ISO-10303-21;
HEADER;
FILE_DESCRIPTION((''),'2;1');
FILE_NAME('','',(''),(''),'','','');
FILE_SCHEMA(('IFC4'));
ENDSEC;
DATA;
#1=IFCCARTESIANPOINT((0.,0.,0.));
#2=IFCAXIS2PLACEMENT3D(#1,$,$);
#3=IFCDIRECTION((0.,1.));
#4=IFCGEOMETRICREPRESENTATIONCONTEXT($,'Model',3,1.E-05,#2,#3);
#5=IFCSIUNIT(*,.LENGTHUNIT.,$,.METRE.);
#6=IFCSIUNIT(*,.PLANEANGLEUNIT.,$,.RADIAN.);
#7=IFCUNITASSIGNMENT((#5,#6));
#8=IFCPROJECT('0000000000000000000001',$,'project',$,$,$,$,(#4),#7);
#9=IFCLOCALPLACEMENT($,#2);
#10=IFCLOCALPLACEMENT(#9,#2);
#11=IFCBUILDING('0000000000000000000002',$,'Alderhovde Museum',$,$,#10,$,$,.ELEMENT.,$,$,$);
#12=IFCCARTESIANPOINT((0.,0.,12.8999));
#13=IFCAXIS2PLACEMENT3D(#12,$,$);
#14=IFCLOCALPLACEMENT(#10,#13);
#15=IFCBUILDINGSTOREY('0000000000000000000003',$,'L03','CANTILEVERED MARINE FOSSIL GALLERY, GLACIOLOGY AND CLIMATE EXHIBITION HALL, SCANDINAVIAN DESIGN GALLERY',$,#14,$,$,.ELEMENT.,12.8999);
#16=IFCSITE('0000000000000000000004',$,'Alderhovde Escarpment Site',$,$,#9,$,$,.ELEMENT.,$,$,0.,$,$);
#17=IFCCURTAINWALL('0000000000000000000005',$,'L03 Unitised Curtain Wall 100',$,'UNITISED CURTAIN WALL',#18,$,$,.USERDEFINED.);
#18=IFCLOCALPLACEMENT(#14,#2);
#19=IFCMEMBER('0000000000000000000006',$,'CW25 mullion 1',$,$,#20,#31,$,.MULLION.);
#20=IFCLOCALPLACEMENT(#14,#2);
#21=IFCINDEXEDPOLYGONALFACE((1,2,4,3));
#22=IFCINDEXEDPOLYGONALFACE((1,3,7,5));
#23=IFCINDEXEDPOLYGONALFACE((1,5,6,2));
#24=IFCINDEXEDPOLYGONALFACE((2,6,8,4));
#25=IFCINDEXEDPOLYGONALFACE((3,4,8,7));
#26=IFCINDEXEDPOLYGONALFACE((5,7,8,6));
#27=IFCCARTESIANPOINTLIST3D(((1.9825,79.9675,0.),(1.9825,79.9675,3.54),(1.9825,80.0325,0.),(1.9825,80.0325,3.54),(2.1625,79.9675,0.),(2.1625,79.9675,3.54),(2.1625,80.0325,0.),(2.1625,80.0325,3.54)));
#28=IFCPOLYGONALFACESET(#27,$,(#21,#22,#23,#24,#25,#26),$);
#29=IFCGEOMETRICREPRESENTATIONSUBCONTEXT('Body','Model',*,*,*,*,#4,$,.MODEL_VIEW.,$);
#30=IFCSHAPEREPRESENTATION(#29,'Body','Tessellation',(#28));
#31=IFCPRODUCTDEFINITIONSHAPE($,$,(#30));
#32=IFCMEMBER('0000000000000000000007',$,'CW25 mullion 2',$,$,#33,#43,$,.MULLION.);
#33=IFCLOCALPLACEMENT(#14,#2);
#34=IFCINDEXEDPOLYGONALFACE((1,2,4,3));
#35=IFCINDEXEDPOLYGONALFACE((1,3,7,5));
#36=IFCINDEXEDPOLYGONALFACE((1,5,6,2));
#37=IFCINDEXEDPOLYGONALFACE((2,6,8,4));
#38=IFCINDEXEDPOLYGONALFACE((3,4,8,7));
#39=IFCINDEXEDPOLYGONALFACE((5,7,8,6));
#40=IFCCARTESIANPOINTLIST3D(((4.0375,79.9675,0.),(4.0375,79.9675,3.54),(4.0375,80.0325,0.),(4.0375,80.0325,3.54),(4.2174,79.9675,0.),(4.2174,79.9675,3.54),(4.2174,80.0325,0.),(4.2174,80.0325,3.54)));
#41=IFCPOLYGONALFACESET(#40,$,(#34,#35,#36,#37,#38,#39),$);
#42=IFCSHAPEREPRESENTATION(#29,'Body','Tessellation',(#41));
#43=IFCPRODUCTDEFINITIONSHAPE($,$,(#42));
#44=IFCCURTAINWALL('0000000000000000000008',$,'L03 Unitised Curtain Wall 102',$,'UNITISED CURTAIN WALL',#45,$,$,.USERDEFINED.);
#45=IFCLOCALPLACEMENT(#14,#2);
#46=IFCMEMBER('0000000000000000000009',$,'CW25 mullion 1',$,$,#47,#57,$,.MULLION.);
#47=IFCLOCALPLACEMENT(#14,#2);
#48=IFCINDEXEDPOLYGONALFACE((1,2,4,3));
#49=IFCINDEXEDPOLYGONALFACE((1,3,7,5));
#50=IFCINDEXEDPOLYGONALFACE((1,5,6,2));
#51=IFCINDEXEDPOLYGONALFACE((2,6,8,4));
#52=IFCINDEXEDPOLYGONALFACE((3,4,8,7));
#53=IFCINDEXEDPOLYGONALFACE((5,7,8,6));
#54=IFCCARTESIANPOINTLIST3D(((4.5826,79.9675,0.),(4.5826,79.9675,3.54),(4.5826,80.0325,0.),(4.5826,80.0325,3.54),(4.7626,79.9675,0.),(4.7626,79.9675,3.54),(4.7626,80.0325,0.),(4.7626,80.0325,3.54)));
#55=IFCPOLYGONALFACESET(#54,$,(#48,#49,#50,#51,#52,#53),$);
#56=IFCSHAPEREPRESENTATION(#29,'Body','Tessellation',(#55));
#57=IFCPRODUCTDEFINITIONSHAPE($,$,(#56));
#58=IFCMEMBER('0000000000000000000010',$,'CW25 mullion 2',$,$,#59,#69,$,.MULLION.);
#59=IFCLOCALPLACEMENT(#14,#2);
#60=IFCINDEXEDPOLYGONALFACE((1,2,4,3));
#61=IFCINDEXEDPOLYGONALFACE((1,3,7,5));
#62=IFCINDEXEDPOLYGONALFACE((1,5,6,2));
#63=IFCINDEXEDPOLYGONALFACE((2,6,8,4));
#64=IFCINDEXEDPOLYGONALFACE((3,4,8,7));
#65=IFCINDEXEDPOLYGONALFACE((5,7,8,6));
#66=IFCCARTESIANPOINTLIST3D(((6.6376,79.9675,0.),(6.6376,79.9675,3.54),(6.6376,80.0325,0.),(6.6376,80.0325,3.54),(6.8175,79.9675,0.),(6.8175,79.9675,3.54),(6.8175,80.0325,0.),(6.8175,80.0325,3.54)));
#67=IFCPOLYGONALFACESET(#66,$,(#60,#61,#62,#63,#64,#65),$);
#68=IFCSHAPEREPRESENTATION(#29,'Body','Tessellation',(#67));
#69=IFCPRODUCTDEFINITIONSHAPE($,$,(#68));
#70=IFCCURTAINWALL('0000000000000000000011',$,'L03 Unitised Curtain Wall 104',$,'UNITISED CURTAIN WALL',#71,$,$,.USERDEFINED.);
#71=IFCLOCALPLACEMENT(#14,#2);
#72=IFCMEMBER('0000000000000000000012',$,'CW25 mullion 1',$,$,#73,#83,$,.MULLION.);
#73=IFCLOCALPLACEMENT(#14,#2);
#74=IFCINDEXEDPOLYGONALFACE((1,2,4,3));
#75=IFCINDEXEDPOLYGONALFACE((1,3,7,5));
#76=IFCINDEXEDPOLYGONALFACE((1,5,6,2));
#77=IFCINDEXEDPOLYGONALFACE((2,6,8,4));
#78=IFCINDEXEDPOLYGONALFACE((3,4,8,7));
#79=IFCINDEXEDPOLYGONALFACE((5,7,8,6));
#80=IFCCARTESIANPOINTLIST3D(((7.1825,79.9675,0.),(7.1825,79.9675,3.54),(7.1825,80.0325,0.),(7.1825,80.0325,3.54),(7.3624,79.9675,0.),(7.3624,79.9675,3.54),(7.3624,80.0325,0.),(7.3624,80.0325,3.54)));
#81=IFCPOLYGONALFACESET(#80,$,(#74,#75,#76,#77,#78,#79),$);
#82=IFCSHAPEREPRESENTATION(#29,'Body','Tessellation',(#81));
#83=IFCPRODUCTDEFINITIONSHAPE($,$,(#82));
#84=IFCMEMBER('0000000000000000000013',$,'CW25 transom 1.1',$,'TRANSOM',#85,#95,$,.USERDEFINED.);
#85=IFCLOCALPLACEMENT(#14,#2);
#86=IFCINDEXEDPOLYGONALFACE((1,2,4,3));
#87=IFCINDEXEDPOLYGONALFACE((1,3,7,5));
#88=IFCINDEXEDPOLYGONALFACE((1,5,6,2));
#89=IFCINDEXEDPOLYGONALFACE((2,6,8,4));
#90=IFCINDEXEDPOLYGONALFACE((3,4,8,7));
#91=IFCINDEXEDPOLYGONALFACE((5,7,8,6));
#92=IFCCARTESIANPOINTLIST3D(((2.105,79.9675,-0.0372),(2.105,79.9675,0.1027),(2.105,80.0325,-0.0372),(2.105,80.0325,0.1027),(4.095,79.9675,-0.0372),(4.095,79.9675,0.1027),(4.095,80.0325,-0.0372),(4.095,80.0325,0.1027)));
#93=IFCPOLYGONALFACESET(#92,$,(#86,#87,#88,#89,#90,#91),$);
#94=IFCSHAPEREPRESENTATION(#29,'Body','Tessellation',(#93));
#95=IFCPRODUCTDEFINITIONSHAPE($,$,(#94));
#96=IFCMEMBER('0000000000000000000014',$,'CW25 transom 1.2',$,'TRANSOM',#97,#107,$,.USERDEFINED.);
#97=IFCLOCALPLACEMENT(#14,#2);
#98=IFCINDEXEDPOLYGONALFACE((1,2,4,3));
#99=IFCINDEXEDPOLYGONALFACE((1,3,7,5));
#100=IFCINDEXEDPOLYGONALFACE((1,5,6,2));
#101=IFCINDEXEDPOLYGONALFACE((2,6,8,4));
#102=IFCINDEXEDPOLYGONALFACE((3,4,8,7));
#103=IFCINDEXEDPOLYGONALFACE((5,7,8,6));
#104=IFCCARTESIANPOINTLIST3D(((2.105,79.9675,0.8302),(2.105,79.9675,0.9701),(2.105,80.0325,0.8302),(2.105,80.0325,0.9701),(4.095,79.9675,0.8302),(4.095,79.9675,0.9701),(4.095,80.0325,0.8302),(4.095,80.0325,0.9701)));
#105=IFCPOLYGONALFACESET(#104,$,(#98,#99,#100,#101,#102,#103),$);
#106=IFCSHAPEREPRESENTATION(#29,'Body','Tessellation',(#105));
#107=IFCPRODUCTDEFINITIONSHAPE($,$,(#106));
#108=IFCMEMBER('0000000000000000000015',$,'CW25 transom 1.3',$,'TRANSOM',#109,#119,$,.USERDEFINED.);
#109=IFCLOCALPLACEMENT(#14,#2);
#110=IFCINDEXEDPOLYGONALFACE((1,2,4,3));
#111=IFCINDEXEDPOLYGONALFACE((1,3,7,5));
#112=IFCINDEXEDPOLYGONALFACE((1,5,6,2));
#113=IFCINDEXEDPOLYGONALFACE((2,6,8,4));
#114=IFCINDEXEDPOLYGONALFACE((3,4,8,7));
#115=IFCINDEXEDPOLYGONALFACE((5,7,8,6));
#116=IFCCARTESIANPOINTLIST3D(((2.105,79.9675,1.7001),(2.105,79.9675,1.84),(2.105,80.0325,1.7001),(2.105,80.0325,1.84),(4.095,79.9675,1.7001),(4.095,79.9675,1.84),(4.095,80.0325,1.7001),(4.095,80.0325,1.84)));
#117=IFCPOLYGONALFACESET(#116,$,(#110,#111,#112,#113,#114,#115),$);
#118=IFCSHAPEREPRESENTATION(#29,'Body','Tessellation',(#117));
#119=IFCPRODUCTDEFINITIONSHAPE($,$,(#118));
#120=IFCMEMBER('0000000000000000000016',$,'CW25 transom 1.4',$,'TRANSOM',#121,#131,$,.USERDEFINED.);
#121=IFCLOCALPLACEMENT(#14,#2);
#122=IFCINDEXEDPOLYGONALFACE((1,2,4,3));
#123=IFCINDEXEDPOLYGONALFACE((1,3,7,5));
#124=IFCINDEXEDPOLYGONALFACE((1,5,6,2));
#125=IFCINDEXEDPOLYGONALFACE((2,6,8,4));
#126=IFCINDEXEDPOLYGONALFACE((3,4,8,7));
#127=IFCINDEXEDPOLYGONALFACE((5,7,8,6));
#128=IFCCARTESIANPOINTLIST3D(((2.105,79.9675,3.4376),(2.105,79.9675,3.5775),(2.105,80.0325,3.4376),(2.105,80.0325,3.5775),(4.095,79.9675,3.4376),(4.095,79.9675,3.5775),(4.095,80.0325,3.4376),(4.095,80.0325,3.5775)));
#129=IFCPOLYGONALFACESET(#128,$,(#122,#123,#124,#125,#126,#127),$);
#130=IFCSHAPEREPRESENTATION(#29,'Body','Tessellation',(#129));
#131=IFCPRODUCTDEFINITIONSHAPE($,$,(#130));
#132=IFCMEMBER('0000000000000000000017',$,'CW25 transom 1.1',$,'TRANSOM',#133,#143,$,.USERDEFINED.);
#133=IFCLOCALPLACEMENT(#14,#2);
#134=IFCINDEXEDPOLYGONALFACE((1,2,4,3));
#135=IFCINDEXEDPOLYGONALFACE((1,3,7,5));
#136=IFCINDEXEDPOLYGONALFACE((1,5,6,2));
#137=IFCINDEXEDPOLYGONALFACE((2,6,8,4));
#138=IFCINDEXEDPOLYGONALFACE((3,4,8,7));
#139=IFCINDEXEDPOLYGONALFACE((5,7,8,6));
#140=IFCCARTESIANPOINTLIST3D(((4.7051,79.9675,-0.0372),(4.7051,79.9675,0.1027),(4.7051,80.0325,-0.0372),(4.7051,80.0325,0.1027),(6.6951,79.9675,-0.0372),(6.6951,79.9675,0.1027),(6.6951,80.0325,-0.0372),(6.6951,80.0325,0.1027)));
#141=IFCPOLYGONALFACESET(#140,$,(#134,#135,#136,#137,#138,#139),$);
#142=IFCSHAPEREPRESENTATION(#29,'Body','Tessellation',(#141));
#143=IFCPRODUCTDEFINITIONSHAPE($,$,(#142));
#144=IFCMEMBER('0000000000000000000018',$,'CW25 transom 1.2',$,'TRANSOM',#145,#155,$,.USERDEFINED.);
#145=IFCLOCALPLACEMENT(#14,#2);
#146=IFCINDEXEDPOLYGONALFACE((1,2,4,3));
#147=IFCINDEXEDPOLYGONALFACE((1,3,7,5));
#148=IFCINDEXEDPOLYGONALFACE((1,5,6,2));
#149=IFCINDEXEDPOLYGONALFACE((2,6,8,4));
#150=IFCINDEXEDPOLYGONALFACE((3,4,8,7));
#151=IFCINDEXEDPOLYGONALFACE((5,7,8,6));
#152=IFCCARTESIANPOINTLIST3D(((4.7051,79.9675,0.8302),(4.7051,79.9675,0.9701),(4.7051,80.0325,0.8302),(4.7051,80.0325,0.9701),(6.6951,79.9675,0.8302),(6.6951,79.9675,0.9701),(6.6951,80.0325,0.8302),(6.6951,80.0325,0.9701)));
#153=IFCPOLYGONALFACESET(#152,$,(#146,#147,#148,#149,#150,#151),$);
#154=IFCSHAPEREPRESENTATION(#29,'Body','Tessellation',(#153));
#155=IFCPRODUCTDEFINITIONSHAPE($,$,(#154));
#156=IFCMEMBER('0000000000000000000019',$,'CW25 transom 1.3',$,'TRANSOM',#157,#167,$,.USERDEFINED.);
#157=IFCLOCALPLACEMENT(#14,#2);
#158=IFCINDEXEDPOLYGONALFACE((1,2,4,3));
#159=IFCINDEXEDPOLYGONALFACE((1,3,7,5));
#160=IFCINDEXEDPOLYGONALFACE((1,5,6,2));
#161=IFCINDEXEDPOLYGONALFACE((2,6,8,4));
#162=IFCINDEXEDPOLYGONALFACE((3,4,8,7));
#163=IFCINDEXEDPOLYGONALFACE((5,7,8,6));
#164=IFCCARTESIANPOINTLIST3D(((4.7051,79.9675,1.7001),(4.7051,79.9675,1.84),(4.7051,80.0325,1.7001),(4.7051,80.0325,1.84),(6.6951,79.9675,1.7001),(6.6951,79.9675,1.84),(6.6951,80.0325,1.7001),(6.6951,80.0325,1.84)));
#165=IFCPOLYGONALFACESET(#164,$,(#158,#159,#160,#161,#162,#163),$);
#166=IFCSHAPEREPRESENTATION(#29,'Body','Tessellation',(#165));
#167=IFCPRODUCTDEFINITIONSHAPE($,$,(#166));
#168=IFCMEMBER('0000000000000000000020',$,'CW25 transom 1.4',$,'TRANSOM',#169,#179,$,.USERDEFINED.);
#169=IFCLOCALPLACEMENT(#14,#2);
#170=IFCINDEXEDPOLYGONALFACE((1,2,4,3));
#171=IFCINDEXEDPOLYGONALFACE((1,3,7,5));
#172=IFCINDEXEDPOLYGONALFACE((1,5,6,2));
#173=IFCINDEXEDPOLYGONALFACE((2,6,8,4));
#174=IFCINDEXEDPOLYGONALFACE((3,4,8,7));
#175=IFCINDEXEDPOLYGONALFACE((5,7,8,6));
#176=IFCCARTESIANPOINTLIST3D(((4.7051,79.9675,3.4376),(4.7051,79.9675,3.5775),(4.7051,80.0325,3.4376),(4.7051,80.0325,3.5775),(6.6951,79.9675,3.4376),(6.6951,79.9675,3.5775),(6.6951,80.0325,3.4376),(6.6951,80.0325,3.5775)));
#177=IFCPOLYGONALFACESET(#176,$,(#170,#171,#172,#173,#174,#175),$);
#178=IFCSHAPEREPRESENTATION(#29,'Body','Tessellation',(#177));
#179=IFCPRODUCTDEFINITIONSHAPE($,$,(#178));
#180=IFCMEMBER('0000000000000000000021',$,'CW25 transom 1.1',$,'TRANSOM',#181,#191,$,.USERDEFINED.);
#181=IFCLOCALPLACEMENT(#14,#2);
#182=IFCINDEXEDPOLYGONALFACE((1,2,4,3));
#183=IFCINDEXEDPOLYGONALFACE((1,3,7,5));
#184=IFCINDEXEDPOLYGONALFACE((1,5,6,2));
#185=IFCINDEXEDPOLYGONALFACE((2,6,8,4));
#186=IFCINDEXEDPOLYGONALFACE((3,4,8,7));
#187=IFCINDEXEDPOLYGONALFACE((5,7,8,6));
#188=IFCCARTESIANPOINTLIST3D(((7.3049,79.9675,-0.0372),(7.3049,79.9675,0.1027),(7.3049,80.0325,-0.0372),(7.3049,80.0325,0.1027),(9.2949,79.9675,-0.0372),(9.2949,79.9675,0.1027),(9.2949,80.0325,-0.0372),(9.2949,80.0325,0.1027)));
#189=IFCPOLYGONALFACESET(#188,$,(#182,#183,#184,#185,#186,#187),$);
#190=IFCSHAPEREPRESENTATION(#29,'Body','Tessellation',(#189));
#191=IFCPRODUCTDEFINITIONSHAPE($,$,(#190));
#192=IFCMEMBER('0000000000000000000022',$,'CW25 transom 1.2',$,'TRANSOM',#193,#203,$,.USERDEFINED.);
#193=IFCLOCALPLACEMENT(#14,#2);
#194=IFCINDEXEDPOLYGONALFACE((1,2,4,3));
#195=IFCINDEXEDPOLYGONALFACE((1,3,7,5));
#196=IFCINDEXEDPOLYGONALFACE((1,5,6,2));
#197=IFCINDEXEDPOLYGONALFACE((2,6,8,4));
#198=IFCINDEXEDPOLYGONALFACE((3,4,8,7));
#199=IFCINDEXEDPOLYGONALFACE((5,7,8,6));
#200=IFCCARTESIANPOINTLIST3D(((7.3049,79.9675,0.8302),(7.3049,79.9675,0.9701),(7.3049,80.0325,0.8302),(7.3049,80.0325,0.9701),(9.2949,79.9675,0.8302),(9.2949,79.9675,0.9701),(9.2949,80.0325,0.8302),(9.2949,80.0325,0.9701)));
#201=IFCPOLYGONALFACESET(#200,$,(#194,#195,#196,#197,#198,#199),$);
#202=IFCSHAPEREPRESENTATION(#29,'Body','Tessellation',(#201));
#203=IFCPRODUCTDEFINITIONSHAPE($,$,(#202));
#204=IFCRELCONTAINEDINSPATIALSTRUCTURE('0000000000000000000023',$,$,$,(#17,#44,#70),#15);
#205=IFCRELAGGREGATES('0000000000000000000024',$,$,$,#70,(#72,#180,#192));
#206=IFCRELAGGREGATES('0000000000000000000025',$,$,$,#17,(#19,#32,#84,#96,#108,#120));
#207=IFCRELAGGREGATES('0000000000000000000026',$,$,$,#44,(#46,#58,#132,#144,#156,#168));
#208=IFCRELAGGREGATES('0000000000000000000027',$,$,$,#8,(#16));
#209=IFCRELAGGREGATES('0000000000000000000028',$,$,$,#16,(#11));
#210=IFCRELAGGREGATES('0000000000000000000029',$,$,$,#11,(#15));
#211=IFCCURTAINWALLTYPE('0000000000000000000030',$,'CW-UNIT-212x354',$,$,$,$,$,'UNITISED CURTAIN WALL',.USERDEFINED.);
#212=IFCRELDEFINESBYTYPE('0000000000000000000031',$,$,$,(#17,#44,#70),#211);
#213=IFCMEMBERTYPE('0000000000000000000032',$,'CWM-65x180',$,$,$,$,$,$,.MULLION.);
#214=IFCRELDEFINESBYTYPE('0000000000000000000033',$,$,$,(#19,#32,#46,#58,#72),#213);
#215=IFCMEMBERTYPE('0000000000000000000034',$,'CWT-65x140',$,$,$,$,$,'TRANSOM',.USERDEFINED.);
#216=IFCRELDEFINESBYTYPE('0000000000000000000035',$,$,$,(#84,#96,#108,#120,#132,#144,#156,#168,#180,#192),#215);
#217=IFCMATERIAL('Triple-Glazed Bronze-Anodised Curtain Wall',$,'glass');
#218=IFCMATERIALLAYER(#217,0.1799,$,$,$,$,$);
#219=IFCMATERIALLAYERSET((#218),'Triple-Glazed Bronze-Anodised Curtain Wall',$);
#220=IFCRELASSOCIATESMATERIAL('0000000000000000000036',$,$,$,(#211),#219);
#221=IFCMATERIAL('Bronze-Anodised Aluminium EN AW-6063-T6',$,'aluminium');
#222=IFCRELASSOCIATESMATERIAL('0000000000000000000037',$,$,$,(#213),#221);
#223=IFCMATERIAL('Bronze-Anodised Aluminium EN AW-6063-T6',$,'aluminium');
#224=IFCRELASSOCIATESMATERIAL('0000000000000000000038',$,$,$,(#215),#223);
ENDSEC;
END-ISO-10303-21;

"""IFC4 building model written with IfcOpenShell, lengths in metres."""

from ifc_helpers import new_model, si_unit, direction, frame, origin, origin_2d, place, context, subcontext, project, spatial, rectangle, extrude, material, layer, layer_set, material_profile, profile_set, type_object, element, aggregate, save


model = new_model("IFC4")

# Units and contexts
model_context = context("Model", 3, precision=1e-05, world=origin(), true_north=direction((0.0, 1.0)))
body_context = subcontext(model_context, "Body", "Model", "MODEL_VIEW")
ifc_project = project(units=[si_unit("LENGTHUNIT", "METRE"), si_unit("PLANEANGLEUNIT", "RADIAN")], contexts=[model_context])

# Site, building, storey
site_placement = place(None, origin())
site = spatial("IfcSite", under=ifc_project, at=site_placement, Name="Alderhovde Escarpment Site", CompositionType="ELEMENT", RefElevation=0.0)
building_placement = place(site_placement, origin())
building = spatial("IfcBuilding", under=site, at=building_placement, Name="Alderhovde Museum", CompositionType="ELEMENT")
storey_placement = place(building_placement, frame((0.0, 0.0, 12.8999)))
storey = spatial("IfcBuildingStorey", under=building, at=storey_placement, Name="L03", Description="CANTILEVERED MARINE FOSSIL GALLERY, GLACIOLOGY AND CLIMATE EXHIBITION HALL, SCANDINAVIAN DESIGN GALLERY", CompositionType="ELEMENT", Elevation=12.8999)

# Curtain walls, members
ifc_material_1 = material(Name="Triple-Glazed Bronze-Anodised Curtain Wall", Category="glass")
ifc_layer_1 = layer(ifc_material_1, 0.1799)
ifc_layer_set_1 = layer_set([ifc_layer_1], Name="Triple-Glazed Bronze-Anodised Curtain Wall")
curtain_wall_type = type_object("IfcCurtainWallType", Name="CW-UNIT-212x354", ElementType="UNITISED CURTAIN WALL", PredefinedType="USERDEFINED", material=ifc_layer_set_1)
curtain_wall_1_placement = place(storey_placement, origin())
curtain_wall_1 = element("IfcCurtainWall", 1, at=curtain_wall_1_placement, inside=storey, type_object=curtain_wall_type, Name="L03 Unitised Curtain Wall 100", ObjectType="UNITISED CURTAIN WALL", PredefinedType="USERDEFINED")
ifc_material_2 = material(Name="Bronze-Anodised Aluminium EN AW-6063-T6", Category="aluminium")
ifc_material_profile_1 = material_profile(ifc_material_2, rectangle(XDim=0.0649, YDim=0.1799, at=origin_2d()), Name="MULLION 65x180")
ifc_profile_set_1 = profile_set([ifc_material_profile_1], Name="Bronze-Anodised Aluminium EN AW-6063-T6")
member_type_1 = type_object("IfcMemberType", Name="CWM-65x180", PredefinedType="MULLION", material=ifc_profile_set_1)
member_1_placement = place(storey_placement, frame((2.0725, 80.0, 0.0), z_axis=(0.0, 0.0, 1.0), x_axis=(0.0, 1.0, 0.0)))
member_1 = element("IfcMember", 2, at=member_1_placement, type_object=member_type_1, Name="CW25 mullion 1", PredefinedType="MULLION", context=body_context, shape_type="SweptSolid", body=[
    extrude(rectangle(XDim=0.0649, YDim=0.1799, at=origin_2d()), origin(), (0.0, 0.0, 1.0), 3.54),
])
member_2_placement = place(storey_placement, frame((4.1274, 80.0, 0.0), z_axis=(0.0, 0.0, 1.0), x_axis=(0.0, 1.0, 0.0)))
member_2 = element("IfcMember", 3, at=member_2_placement, type_object=member_type_1, Name="CW25 mullion 2", PredefinedType="MULLION", context=body_context, shape_type="SweptSolid", body=[
    extrude(rectangle(XDim=0.0649, YDim=0.1799, at=origin_2d()), origin(), (0.0, 0.0, 1.0), 3.54),
])
curtain_wall_2_placement = place(storey_placement, origin())
curtain_wall_2 = element("IfcCurtainWall", 4, at=curtain_wall_2_placement, inside=storey, type_object=curtain_wall_type, Name="L03 Unitised Curtain Wall 102", ObjectType="UNITISED CURTAIN WALL", PredefinedType="USERDEFINED")
member_3_placement = place(storey_placement, frame((4.6726, 80.0, 0.0), z_axis=(0.0, 0.0, 1.0), x_axis=(0.0, 1.0, 0.0)))
member_3 = element("IfcMember", 5, at=member_3_placement, type_object=member_type_1, Name="CW25 mullion 1", PredefinedType="MULLION", context=body_context, shape_type="SweptSolid", body=[
    extrude(rectangle(XDim=0.0649, YDim=0.1799, at=origin_2d()), origin(), (0.0, 0.0, 1.0), 3.54),
])
member_4_placement = place(storey_placement, frame((6.7275, 80.0, 0.0), z_axis=(0.0, 0.0, 1.0), x_axis=(0.0, 1.0, 0.0)))
member_4 = element("IfcMember", 6, at=member_4_placement, type_object=member_type_1, Name="CW25 mullion 2", PredefinedType="MULLION", context=body_context, shape_type="SweptSolid", body=[
    extrude(rectangle(XDim=0.0649, YDim=0.1799, at=origin_2d()), origin(), (0.0, 0.0, 1.0), 3.54),
])

# Curtain wall, member
curtain_wall_3_placement = place(storey_placement, origin())
curtain_wall_3 = element("IfcCurtainWall", 7, at=curtain_wall_3_placement, inside=storey, type_object=curtain_wall_type, Name="L03 Unitised Curtain Wall 104", ObjectType="UNITISED CURTAIN WALL", PredefinedType="USERDEFINED")
member_5_placement = place(storey_placement, frame((7.2725, 80.0, 0.0), z_axis=(0.0, 0.0, 1.0), x_axis=(0.0, 1.0, 0.0)))
member_5 = element("IfcMember", 8, at=member_5_placement, type_object=member_type_1, Name="CW25 mullion 1", PredefinedType="MULLION", context=body_context, shape_type="SweptSolid", body=[
    extrude(rectangle(XDim=0.0649, YDim=0.1799, at=origin_2d()), origin(), (0.0, 0.0, 1.0), 3.54),
])

# Members
ifc_material_3 = material(Name="Bronze-Anodised Aluminium EN AW-6063-T6", Category="aluminium")
ifc_material_profile_2 = material_profile(ifc_material_3, rectangle(XDim=0.0649, YDim=0.1399, at=origin_2d()), Name="TRANSOM 65x140")
ifc_profile_set_2 = profile_set([ifc_material_profile_2], Name="Bronze-Anodised Aluminium EN AW-6063-T6")
member_type_2 = type_object("IfcMemberType", Name="CWT-65x140", ElementType="TRANSOM", PredefinedType="USERDEFINED", material=ifc_profile_set_2)
member_6_placement = place(storey_placement, frame((2.105, 80.0, 0.0327), z_axis=(1.0, 0.0, 0.0), x_axis=(0.0, 1.0, 0.0)))
member_6 = element("IfcMember", 9, at=member_6_placement, type_object=member_type_2, Name="CW25 transom 1.1", ObjectType="TRANSOM", PredefinedType="USERDEFINED", context=body_context, shape_type="SweptSolid", body=[
    extrude(rectangle(XDim=0.0649, YDim=0.1399, at=origin_2d()), origin(), (0.0, 0.0, 1.0), 1.99),
])
member_7_placement = place(storey_placement, frame((2.105, 80.0, 0.9001), z_axis=(1.0, 0.0, 0.0), x_axis=(0.0, 1.0, 0.0)))
member_7 = element("IfcMember", 10, at=member_7_placement, type_object=member_type_2, Name="CW25 transom 1.2", ObjectType="TRANSOM", PredefinedType="USERDEFINED", context=body_context, shape_type="SweptSolid", body=[
    extrude(rectangle(XDim=0.0649, YDim=0.1399, at=origin_2d()), origin(), (0.0, 0.0, 1.0), 1.99),
])
member_8_placement = place(storey_placement, frame((2.105, 80.0, 1.77), z_axis=(1.0, 0.0, 0.0), x_axis=(0.0, 1.0, 0.0)))
member_8 = element("IfcMember", 11, at=member_8_placement, type_object=member_type_2, Name="CW25 transom 1.3", ObjectType="TRANSOM", PredefinedType="USERDEFINED", context=body_context, shape_type="SweptSolid", body=[
    extrude(rectangle(XDim=0.0649, YDim=0.1399, at=origin_2d()), origin(), (0.0, 0.0, 1.0), 1.99),
])
member_9_placement = place(storey_placement, frame((2.105, 80.0, 3.5076), z_axis=(1.0, 0.0, 0.0), x_axis=(0.0, 1.0, 0.0)))
member_9 = element("IfcMember", 12, at=member_9_placement, type_object=member_type_2, Name="CW25 transom 1.4", ObjectType="TRANSOM", PredefinedType="USERDEFINED", context=body_context, shape_type="SweptSolid", body=[
    extrude(rectangle(XDim=0.0649, YDim=0.1399, at=origin_2d()), origin(), (0.0, 0.0, 1.0), 1.99),
])
member_10_placement = place(storey_placement, frame((4.7051, 80.0, 0.0327), z_axis=(1.0, 0.0, 0.0), x_axis=(0.0, 1.0, 0.0)))
member_10 = element("IfcMember", 13, at=member_10_placement, type_object=member_type_2, Name="CW25 transom 1.1", ObjectType="TRANSOM", PredefinedType="USERDEFINED", context=body_context, shape_type="SweptSolid", body=[
    extrude(rectangle(XDim=0.0649, YDim=0.1399, at=origin_2d()), origin(), (0.0, 0.0, 1.0), 1.99),
])
member_11_placement = place(storey_placement, frame((4.7051, 80.0, 0.9001), z_axis=(1.0, 0.0, 0.0), x_axis=(0.0, 1.0, 0.0)))
member_11 = element("IfcMember", 14, at=member_11_placement, type_object=member_type_2, Name="CW25 transom 1.2", ObjectType="TRANSOM", PredefinedType="USERDEFINED", context=body_context, shape_type="SweptSolid", body=[
    extrude(rectangle(XDim=0.0649, YDim=0.1399, at=origin_2d()), origin(), (0.0, 0.0, 1.0), 1.99),
])
member_12_placement = place(storey_placement, frame((4.7051, 80.0, 1.77), z_axis=(1.0, 0.0, 0.0), x_axis=(0.0, 1.0, 0.0)))
member_12 = element("IfcMember", 15, at=member_12_placement, type_object=member_type_2, Name="CW25 transom 1.3", ObjectType="TRANSOM", PredefinedType="USERDEFINED", context=body_context, shape_type="SweptSolid", body=[
    extrude(rectangle(XDim=0.0649, YDim=0.1399, at=origin_2d()), origin(), (0.0, 0.0, 1.0), 1.99),
])
member_13_placement = place(storey_placement, frame((4.7051, 80.0, 3.5076), z_axis=(1.0, 0.0, 0.0), x_axis=(0.0, 1.0, 0.0)))
member_13 = element("IfcMember", 16, at=member_13_placement, type_object=member_type_2, Name="CW25 transom 1.4", ObjectType="TRANSOM", PredefinedType="USERDEFINED", context=body_context, shape_type="SweptSolid", body=[
    extrude(rectangle(XDim=0.0649, YDim=0.1399, at=origin_2d()), origin(), (0.0, 0.0, 1.0), 1.99),
])
member_14_placement = place(storey_placement, frame((7.3049, 80.0, 0.0327), z_axis=(1.0, 0.0, 0.0), x_axis=(0.0, 1.0, 0.0)))
member_14 = element("IfcMember", 17, at=member_14_placement, type_object=member_type_2, Name="CW25 transom 1.1", ObjectType="TRANSOM", PredefinedType="USERDEFINED", context=body_context, shape_type="SweptSolid", body=[
    extrude(rectangle(XDim=0.0649, YDim=0.1399, at=origin_2d()), origin(), (0.0, 0.0, 1.0), 1.99),
])
member_15_placement = place(storey_placement, frame((7.3049, 80.0, 0.9001), z_axis=(1.0, 0.0, 0.0), x_axis=(0.0, 1.0, 0.0)))
member_15 = element("IfcMember", 18, at=member_15_placement, type_object=member_type_2, Name="CW25 transom 1.2", ObjectType="TRANSOM", PredefinedType="USERDEFINED", context=body_context, shape_type="SweptSolid", body=[
    extrude(rectangle(XDim=0.0649, YDim=0.1399, at=origin_2d()), origin(), (0.0, 0.0, 1.0), 1.99),
])
aggregate(curtain_wall_3, [member_5, member_14, member_15])

aggregate(curtain_wall_1, [member_1, member_2, member_6, member_7, member_8, member_9])
aggregate(curtain_wall_2, [member_3, member_4, member_10, member_11, member_12, member_13])

save(model, "model.ifc")
